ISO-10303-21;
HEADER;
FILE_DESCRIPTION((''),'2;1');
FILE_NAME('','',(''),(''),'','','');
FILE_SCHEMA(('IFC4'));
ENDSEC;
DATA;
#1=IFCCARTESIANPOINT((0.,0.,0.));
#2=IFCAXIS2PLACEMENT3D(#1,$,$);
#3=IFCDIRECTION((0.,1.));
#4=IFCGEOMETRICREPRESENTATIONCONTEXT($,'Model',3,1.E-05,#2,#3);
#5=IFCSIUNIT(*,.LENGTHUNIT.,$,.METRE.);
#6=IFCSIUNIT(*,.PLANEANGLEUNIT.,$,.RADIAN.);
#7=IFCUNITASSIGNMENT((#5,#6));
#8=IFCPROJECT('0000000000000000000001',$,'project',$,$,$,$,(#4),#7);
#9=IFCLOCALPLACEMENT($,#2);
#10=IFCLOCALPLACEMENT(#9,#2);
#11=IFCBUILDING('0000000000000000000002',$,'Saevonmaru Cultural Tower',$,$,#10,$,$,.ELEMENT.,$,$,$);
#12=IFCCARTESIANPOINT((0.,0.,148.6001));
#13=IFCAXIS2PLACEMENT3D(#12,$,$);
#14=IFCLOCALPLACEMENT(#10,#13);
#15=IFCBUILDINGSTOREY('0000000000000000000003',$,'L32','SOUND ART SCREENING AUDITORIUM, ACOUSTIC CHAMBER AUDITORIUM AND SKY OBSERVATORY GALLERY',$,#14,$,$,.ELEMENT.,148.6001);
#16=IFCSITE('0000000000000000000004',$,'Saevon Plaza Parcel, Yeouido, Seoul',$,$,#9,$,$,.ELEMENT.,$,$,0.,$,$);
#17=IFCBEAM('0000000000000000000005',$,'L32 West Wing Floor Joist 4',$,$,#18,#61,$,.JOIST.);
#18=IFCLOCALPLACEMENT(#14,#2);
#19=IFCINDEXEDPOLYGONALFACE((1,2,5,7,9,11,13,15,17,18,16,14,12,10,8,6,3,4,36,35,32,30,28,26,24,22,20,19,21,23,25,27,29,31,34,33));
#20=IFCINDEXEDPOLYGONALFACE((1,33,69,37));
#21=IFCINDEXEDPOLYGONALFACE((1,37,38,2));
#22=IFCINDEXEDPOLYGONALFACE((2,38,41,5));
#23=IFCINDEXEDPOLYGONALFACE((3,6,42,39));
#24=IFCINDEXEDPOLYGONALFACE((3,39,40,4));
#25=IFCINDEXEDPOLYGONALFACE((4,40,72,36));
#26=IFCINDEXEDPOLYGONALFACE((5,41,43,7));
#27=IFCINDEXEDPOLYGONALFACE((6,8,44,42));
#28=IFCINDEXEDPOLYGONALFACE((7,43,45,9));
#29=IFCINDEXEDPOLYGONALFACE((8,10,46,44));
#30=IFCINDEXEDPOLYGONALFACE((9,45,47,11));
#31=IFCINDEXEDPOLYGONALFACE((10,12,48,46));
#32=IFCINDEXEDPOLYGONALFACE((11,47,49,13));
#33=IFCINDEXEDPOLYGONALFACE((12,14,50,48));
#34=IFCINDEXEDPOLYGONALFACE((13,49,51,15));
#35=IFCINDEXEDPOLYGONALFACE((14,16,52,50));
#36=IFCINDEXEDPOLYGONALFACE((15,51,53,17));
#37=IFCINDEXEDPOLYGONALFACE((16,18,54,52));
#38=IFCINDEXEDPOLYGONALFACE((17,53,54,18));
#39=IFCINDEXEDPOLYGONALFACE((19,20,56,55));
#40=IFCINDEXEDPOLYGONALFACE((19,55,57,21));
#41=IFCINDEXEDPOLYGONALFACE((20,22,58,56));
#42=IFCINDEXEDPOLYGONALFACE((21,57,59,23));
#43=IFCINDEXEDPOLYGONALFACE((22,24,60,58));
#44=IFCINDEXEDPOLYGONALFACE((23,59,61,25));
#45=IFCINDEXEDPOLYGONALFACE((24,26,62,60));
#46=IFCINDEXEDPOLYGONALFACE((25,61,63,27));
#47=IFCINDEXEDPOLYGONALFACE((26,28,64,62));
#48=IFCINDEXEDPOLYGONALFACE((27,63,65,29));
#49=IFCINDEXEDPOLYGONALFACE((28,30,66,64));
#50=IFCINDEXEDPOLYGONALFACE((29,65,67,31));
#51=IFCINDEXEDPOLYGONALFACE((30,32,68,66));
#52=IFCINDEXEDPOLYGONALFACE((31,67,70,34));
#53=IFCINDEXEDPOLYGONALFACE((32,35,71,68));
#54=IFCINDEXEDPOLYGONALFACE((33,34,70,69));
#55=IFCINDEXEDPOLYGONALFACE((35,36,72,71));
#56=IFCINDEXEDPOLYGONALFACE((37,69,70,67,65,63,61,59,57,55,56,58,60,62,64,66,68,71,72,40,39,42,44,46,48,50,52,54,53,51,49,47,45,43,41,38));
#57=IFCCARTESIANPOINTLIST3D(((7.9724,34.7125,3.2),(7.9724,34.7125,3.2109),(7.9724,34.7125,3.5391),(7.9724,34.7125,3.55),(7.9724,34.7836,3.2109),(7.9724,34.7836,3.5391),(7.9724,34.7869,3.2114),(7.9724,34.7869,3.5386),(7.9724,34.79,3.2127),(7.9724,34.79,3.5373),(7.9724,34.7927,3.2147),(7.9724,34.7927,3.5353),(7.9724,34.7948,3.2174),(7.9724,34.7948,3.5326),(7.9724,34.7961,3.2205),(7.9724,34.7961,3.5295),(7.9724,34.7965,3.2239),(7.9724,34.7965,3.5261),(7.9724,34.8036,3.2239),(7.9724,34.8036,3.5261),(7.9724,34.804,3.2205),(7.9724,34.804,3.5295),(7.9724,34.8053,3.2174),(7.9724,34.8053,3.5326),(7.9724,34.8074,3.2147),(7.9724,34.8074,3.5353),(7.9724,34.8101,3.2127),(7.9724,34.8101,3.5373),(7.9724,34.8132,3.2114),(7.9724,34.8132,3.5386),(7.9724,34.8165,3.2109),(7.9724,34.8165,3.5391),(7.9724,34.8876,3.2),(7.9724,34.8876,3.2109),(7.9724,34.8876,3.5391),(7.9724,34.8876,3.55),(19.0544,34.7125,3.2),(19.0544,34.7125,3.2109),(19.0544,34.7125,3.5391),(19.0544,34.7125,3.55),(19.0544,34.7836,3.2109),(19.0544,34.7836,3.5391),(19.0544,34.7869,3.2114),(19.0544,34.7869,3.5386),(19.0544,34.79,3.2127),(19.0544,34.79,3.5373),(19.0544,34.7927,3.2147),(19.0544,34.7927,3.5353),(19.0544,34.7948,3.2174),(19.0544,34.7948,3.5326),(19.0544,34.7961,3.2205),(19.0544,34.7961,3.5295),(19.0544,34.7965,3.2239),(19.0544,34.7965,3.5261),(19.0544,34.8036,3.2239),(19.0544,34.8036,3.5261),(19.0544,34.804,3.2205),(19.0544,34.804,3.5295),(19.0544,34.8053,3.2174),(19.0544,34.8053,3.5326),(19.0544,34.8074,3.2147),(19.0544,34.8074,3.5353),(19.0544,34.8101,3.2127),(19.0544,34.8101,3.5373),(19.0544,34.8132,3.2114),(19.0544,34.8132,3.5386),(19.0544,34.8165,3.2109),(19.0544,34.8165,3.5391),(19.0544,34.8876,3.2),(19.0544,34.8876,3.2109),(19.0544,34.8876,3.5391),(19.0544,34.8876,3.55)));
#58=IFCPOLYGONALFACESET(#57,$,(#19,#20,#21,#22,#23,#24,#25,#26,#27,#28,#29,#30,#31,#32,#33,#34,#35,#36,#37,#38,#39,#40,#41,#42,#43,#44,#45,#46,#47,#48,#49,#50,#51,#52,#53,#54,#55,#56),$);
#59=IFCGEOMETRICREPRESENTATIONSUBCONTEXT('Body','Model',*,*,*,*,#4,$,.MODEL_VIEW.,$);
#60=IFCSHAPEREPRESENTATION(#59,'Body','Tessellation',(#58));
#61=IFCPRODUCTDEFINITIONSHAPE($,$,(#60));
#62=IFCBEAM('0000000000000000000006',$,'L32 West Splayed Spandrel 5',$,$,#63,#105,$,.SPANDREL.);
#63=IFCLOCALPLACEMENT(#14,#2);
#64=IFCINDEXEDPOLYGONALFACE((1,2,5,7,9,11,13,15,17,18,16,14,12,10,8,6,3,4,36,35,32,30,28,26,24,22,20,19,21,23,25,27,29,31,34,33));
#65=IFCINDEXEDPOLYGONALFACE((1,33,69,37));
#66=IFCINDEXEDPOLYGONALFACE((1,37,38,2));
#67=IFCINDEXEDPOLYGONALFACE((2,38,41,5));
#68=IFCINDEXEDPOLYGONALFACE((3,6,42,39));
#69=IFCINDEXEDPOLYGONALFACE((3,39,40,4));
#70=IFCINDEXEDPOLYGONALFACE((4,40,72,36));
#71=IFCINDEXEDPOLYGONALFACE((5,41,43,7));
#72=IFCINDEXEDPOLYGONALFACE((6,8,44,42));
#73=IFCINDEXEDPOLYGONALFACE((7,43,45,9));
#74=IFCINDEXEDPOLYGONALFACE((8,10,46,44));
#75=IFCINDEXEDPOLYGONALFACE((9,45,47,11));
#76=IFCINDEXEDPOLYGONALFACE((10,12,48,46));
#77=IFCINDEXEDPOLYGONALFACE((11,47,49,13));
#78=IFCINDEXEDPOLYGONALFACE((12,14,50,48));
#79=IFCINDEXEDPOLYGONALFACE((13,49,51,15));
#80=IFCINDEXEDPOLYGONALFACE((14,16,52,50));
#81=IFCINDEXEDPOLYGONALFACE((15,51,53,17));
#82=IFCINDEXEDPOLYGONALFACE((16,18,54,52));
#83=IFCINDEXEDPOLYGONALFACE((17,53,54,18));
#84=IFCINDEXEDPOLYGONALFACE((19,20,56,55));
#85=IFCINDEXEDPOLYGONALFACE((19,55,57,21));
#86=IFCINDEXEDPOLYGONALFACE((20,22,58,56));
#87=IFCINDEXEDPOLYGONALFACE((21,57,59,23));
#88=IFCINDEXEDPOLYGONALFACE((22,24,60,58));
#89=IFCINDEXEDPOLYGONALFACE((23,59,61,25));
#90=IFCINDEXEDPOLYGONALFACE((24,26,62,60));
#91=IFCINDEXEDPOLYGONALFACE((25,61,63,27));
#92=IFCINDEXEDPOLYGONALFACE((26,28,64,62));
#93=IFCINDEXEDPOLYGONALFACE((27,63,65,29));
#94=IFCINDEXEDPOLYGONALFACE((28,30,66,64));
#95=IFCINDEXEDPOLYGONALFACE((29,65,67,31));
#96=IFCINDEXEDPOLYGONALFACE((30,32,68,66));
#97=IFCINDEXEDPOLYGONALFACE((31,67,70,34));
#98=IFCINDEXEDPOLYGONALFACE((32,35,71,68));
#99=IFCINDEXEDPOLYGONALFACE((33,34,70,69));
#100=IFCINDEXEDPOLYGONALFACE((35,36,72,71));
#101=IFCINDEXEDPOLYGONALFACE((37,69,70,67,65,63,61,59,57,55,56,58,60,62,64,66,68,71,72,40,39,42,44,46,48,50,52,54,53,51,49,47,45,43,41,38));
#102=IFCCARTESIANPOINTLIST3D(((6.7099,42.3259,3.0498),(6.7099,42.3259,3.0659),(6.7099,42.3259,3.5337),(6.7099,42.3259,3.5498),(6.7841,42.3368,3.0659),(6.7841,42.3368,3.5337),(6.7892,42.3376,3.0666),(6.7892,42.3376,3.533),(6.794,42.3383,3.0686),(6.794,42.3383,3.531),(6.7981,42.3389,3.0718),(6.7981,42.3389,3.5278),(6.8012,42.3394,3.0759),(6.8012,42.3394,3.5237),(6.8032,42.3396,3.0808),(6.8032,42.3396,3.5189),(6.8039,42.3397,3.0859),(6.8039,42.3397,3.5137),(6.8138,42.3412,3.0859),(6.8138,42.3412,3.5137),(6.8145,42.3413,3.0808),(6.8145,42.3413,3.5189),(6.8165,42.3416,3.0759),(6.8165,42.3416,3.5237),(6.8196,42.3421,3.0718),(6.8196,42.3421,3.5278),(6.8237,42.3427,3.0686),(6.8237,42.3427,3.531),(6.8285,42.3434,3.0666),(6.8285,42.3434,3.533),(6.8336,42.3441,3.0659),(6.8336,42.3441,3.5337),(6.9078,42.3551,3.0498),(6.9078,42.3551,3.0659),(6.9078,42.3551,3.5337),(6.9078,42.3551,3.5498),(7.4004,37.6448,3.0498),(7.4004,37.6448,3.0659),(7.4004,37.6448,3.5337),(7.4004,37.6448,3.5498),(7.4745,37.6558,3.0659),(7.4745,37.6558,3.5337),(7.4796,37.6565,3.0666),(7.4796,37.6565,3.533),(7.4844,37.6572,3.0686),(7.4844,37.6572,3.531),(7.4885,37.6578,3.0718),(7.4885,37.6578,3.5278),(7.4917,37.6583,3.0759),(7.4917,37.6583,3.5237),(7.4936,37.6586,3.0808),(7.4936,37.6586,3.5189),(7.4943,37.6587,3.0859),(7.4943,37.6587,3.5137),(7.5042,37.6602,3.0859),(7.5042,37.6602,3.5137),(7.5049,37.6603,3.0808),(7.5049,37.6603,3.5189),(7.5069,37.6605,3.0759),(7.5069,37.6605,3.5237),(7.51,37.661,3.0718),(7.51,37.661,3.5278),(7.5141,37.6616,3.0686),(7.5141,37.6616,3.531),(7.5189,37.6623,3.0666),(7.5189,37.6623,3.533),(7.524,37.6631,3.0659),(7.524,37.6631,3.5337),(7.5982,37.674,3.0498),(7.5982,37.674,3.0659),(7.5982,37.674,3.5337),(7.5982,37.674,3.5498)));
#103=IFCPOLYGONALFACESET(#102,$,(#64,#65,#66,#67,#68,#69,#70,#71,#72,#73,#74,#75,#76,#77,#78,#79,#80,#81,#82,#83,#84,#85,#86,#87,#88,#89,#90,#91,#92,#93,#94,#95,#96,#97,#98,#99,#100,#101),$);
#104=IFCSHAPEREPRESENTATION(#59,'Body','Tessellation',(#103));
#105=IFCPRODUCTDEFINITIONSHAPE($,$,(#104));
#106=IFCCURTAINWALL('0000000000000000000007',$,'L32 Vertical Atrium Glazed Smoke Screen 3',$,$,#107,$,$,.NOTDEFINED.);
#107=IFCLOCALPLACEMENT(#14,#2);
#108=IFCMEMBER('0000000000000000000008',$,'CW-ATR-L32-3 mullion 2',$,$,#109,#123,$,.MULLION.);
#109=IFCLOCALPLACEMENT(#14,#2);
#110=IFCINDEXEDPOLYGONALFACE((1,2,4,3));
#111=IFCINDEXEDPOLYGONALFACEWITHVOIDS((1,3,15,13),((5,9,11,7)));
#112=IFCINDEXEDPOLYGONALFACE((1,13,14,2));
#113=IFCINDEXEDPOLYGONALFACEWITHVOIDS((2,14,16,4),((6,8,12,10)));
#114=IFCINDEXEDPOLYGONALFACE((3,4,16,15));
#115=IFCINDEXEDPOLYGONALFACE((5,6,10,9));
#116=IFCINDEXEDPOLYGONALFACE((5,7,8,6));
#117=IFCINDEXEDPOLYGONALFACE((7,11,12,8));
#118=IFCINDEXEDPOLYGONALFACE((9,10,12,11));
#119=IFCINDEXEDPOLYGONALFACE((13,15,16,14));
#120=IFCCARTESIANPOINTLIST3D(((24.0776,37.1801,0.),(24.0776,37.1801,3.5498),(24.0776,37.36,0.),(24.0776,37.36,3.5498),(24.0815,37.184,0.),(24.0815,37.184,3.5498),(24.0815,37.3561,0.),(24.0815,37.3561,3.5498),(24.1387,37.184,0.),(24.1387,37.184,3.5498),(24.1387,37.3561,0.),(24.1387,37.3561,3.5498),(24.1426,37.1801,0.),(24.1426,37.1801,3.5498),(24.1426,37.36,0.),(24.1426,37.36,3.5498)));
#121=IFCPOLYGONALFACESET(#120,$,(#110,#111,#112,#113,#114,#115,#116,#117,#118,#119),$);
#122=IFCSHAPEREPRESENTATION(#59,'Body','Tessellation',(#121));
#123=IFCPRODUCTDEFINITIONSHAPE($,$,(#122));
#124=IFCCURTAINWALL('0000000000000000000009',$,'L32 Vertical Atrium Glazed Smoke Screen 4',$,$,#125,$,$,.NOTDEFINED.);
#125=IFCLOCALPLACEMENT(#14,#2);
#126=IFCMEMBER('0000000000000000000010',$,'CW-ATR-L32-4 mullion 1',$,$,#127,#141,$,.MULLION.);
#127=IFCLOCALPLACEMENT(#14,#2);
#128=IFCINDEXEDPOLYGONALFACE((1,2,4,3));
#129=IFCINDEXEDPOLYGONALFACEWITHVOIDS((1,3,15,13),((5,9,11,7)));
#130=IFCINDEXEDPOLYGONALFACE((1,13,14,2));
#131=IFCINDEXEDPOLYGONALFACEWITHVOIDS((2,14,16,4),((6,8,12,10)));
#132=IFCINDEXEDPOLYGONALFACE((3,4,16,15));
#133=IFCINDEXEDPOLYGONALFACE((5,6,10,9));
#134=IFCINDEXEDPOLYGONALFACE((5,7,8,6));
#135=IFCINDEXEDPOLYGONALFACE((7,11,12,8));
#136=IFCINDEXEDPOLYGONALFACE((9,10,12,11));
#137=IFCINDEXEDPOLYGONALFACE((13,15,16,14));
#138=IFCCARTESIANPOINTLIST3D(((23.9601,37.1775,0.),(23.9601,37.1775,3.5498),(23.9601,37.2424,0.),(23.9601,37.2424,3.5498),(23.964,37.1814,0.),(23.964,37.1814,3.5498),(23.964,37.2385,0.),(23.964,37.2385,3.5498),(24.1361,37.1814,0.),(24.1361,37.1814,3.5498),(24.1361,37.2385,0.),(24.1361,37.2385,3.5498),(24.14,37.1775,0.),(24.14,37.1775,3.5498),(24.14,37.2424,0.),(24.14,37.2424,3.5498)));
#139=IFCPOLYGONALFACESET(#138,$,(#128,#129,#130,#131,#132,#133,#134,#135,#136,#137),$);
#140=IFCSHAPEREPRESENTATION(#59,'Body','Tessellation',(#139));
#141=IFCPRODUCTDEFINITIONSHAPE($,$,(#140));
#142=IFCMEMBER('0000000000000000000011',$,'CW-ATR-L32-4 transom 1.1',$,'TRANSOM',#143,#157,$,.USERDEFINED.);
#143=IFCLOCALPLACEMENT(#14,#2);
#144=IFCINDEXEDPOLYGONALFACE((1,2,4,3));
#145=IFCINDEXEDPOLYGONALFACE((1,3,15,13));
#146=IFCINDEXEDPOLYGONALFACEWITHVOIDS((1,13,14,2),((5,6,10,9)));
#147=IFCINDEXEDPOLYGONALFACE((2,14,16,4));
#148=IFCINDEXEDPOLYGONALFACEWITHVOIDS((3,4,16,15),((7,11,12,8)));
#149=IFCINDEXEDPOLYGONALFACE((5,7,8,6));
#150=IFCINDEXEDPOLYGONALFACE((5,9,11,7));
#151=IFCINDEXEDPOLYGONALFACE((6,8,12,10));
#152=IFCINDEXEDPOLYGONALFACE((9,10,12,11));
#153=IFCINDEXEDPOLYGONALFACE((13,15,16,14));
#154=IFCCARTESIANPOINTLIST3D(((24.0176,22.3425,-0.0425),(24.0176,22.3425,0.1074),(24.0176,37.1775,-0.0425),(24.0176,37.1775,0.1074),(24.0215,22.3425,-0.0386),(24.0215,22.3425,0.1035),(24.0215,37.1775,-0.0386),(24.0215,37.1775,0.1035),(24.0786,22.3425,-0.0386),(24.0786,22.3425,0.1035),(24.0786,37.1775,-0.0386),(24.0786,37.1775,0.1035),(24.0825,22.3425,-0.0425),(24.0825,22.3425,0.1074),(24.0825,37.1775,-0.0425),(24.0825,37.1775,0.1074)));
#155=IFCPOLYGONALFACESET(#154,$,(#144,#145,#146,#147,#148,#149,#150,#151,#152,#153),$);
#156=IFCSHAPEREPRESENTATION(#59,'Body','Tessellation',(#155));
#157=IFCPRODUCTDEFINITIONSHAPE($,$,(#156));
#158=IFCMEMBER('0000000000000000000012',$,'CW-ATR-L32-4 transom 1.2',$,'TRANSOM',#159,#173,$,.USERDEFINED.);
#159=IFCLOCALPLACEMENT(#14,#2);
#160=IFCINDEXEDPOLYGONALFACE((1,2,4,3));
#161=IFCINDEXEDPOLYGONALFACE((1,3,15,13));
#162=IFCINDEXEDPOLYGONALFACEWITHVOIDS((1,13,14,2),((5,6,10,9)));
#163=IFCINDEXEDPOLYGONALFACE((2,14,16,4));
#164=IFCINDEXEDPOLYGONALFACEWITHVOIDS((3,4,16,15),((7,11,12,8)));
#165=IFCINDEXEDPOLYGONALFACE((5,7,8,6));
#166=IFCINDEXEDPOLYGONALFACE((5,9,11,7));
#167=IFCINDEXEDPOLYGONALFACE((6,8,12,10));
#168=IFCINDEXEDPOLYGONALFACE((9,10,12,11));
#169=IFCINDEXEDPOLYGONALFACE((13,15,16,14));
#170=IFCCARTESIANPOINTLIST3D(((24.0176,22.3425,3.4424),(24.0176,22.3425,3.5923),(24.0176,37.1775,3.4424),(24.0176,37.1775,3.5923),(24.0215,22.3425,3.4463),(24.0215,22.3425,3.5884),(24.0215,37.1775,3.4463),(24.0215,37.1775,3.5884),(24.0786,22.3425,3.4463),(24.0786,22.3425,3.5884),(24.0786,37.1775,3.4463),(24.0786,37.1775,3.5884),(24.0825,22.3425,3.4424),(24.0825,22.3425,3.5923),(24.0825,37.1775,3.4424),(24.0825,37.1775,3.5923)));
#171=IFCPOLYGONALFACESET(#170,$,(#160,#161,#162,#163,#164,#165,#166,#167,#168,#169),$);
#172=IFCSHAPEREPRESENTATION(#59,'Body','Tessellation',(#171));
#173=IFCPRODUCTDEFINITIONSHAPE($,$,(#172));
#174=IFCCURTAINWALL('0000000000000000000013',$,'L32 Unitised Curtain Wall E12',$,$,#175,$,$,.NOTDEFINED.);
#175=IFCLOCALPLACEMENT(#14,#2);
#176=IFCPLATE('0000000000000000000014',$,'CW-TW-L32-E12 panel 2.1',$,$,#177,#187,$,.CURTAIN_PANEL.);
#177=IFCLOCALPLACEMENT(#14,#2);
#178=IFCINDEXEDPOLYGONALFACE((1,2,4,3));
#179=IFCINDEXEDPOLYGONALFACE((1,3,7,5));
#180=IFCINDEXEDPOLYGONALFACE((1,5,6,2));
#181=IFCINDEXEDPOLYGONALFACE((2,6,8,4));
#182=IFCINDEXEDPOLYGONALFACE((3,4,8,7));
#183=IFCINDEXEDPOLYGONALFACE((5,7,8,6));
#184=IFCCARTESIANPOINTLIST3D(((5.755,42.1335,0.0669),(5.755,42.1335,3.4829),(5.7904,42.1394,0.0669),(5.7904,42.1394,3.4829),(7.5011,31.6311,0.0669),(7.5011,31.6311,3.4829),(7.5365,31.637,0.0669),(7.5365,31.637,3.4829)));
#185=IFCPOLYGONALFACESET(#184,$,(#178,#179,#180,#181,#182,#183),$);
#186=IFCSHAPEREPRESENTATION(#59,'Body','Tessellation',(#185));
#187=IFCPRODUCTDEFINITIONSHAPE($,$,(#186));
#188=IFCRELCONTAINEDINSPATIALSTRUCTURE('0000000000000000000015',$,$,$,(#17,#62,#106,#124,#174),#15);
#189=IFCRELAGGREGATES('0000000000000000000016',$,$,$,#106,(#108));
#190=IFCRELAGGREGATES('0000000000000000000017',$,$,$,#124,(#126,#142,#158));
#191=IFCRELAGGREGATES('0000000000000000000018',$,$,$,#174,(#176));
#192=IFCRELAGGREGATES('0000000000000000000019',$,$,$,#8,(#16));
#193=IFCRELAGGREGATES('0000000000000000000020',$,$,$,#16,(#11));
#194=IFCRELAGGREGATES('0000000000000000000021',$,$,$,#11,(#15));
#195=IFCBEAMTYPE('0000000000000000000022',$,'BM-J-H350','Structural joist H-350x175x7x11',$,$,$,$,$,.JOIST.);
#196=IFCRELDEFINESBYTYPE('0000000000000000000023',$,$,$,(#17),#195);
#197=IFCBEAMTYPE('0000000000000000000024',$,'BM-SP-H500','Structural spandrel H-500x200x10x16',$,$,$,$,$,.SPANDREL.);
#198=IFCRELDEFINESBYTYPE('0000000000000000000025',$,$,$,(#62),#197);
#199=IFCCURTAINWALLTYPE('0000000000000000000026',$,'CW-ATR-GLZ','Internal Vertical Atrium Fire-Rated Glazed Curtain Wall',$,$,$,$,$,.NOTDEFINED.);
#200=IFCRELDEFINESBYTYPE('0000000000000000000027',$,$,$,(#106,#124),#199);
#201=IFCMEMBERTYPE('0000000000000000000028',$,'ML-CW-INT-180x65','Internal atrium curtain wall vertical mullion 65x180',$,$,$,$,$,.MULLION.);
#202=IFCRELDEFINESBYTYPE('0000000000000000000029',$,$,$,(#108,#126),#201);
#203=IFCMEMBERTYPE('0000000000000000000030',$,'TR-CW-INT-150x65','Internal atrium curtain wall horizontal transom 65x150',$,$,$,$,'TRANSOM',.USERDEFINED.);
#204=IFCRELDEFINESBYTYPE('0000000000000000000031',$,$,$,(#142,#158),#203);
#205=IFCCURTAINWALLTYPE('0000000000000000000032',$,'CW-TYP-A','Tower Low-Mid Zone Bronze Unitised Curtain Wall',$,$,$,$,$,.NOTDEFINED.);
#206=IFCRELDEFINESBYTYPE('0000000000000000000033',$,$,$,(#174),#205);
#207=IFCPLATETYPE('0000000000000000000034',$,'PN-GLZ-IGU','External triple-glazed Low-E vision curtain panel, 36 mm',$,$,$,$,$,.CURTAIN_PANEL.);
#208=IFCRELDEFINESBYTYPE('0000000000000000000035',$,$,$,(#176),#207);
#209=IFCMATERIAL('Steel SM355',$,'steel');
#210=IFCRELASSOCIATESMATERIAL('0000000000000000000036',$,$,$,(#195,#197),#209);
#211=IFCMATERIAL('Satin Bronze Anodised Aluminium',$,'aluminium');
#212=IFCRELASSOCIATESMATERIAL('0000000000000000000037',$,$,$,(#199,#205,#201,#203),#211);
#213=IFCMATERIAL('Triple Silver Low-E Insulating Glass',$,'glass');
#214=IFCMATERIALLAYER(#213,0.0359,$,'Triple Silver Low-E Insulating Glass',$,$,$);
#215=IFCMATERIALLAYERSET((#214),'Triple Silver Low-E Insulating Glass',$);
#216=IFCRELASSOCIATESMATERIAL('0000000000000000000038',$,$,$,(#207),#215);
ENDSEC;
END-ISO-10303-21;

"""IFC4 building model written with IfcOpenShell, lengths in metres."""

from ifc_helpers import new_model, si_unit, direction, frame, origin, origin_2d, place, context, subcontext, project, spatial, rectangle, hollow_rectangle, i_section, extrude, material, layer, layer_set, material_profile, profile_set, type_object, element, aggregate, save


model = new_model("IFC4")

# Units and contexts
model_context = context("Model", 3, precision=1e-05, world=origin(), true_north=direction((0.0, 1.0)))
body_context = subcontext(model_context, "Body", "Model", "MODEL_VIEW")
ifc_project = project(units=[si_unit("LENGTHUNIT", "METRE"), si_unit("PLANEANGLEUNIT", "RADIAN")], contexts=[model_context])

# Site, building, storey
site_placement = place(None, origin())
site = spatial("IfcSite", under=ifc_project, at=site_placement, Name="Saevon Plaza Parcel, Yeouido, Seoul", CompositionType="ELEMENT", RefElevation=0.0)
building_placement = place(site_placement, origin())
building = spatial("IfcBuilding", under=site, at=building_placement, Name="Saevonmaru Cultural Tower", CompositionType="ELEMENT")
storey_placement = place(building_placement, frame((0.0, 0.0, 148.6001)))
storey = spatial("IfcBuildingStorey", under=building, at=storey_placement, Name="L32", Description="SOUND ART SCREENING AUDITORIUM, ACOUSTIC CHAMBER AUDITORIUM AND SKY OBSERVATORY GALLERY", CompositionType="ELEMENT", Elevation=148.6001)

# Shared definitions
ifc_material_1 = material(Name="Steel SM355", Category="steel")

# Beams
ifc_material_profile_1 = material_profile(ifc_material_1, i_section(OverallWidth=0.175, OverallDepth=0.3501, WebThickness=0.0071, FlangeThickness=0.011, FilletRadius=0.0129, at=origin_2d()), Name="H-350x175x7x11")
ifc_profile_set_1 = profile_set([ifc_material_profile_1], Name="Steel SM355")
beam_type_1 = type_object("IfcBeamType", Name="BM-J-H350", Description="Structural joist H-350x175x7x11", PredefinedType="JOIST", material=ifc_profile_set_1)
beam_1_placement = place(storey_placement, frame((7.9724, 34.8, 3.375), z_axis=(1.0, 0.0, 0.0), x_axis=(0.0, 1.0, 0.0)))
element("IfcBeam", 1, at=beam_1_placement, inside=storey, type_object=beam_type_1, Name="L32 West Wing Floor Joist 4", PredefinedType="JOIST", context=body_context, shape_type="SweptSolid", body=[
    extrude(i_section(OverallWidth=0.175, OverallDepth=0.3501, WebThickness=0.0071, FlangeThickness=0.011, FilletRadius=0.0129, at=origin_2d()), origin(), (0.0, 0.0, 1.0), 11.082),
])
ifc_material_profile_2 = material_profile(ifc_material_1, i_section(OverallWidth=0.2, OverallDepth=0.5, WebThickness=0.01, FlangeThickness=0.0161, FilletRadius=0.02, at=origin_2d()), Name="H-500x200x10x16")
ifc_profile_set_2 = profile_set([ifc_material_profile_2], Name="Steel SM355")
beam_type_2 = type_object("IfcBeamType", Name="BM-SP-H500", Description="Structural spandrel H-500x200x10x16", PredefinedType="SPANDREL", material=ifc_profile_set_2)
beam_2_placement = place(storey_placement, frame((7.4993, 37.6594, 3.2998), z_axis=(-0.145913, 0.989297, 0.0), x_axis=(-0.989297, -0.145913, 0.0)))
element("IfcBeam", 2, at=beam_2_placement, inside=storey, type_object=beam_type_2, Name="L32 West Splayed Spandrel 5", PredefinedType="SPANDREL", context=body_context, shape_type="SweptSolid", body=[
    extrude(i_section(OverallWidth=0.2, OverallDepth=0.5, WebThickness=0.01, FlangeThickness=0.0161, FilletRadius=0.02, at=origin_2d()), origin(), (0.0, 0.0, 1.0), 4.7317),
])

# Curtain wall, member
ifc_material_2 = material(Name="Satin Bronze Anodised Aluminium", Category="aluminium")
curtain_wall_type_1 = type_object("IfcCurtainWallType", Name="CW-ATR-GLZ", Description="Internal Vertical Atrium Fire-Rated Glazed Curtain Wall", PredefinedType="NOTDEFINED", material=ifc_material_2)
curtain_wall_1_placement = place(storey_placement, origin())
curtain_wall_1 = element("IfcCurtainWall", 3, at=curtain_wall_1_placement, inside=storey, type_object=curtain_wall_type_1, Name="L32 Vertical Atrium Glazed Smoke Screen 3", PredefinedType="NOTDEFINED")
ifc_material_profile_3 = material_profile(ifc_material_2, hollow_rectangle(XDim=0.0649, YDim=0.1799, WallThickness=0.0039, at=origin_2d()), Name="ALU-MULL-180x65x4")
ifc_profile_set_3 = profile_set([ifc_material_profile_3], Name="Satin Bronze Anodised Aluminium")
member_type_1 = type_object("IfcMemberType", Name="ML-CW-INT-180x65", Description="Internal atrium curtain wall vertical mullion 65x180", PredefinedType="MULLION", material=ifc_profile_set_3)
member_1_placement = place(storey_placement, frame((24.1101, 37.27, 0.0), z_axis=(0.0, 0.0, 1.0), x_axis=(-1.0, 0.0, 0.0)))
member_1 = element("IfcMember", 4, at=member_1_placement, type_object=member_type_1, Name="CW-ATR-L32-3 mullion 2", PredefinedType="MULLION", context=body_context, shape_type="SweptSolid", body=[
    extrude(hollow_rectangle(XDim=0.0649, YDim=0.1799, WallThickness=0.0039, at=origin_2d()), origin(), (0.0, 0.0, 1.0), 3.5498),
])
aggregate(curtain_wall_1, [member_1])

# Curtain wall, members
curtain_wall_2_placement = place(storey_placement, origin())
curtain_wall_2 = element("IfcCurtainWall", 5, at=curtain_wall_2_placement, inside=storey, type_object=curtain_wall_type_1, Name="L32 Vertical Atrium Glazed Smoke Screen 4", PredefinedType="NOTDEFINED")
member_2_placement = place(storey_placement, frame((24.05, 37.21, 0.0), z_axis=(0.0, 0.0, 1.0), x_axis=(0.0, -1.0, 0.0)))
member_2 = element("IfcMember", 6, at=member_2_placement, type_object=member_type_1, Name="CW-ATR-L32-4 mullion 1", PredefinedType="MULLION", context=body_context, shape_type="SweptSolid", body=[
    extrude(hollow_rectangle(XDim=0.0649, YDim=0.1799, WallThickness=0.0039, at=origin_2d()), origin(), (0.0, 0.0, 1.0), 3.5498),
])
ifc_material_profile_4 = material_profile(ifc_material_2, hollow_rectangle(XDim=0.0649, YDim=0.1499, WallThickness=0.0039, at=origin_2d()), Name="ALU-TRAN-150x65x4")
ifc_profile_set_4 = profile_set([ifc_material_profile_4], Name="Satin Bronze Anodised Aluminium")
member_type_2 = type_object("IfcMemberType", Name="TR-CW-INT-150x65", Description="Internal atrium curtain wall horizontal transom 65x150", ElementType="TRANSOM", PredefinedType="USERDEFINED", material=ifc_profile_set_4)
member_3_placement = place(storey_placement, frame((24.05, 37.1775, 0.0325), z_axis=(0.0, -1.0, 0.0), x_axis=(1.0, 0.0, 0.0)))
member_3 = element("IfcMember", 7, at=member_3_placement, type_object=member_type_2, Name="CW-ATR-L32-4 transom 1.1", ObjectType="TRANSOM", PredefinedType="USERDEFINED", context=body_context, shape_type="SweptSolid", body=[
    extrude(hollow_rectangle(XDim=0.0649, YDim=0.1499, WallThickness=0.0039, at=origin_2d()), origin(), (0.0, 0.0, 1.0), 14.835),
])
member_4_placement = place(storey_placement, frame((24.05, 37.1775, 3.5173), z_axis=(0.0, -1.0, 0.0), x_axis=(1.0, 0.0, 0.0)))
member_4 = element("IfcMember", 8, at=member_4_placement, type_object=member_type_2, Name="CW-ATR-L32-4 transom 1.2", ObjectType="TRANSOM", PredefinedType="USERDEFINED", context=body_context, shape_type="SweptSolid", body=[
    extrude(hollow_rectangle(XDim=0.0649, YDim=0.1499, WallThickness=0.0039, at=origin_2d()), origin(), (0.0, 0.0, 1.0), 14.835),
])
aggregate(curtain_wall_2, [member_2, member_3, member_4])

# Curtain wall, plate
curtain_wall_type_2 = type_object("IfcCurtainWallType", Name="CW-TYP-A", Description="Tower Low-Mid Zone Bronze Unitised Curtain Wall", PredefinedType="NOTDEFINED", material=ifc_material_2)
curtain_wall_3_placement = place(storey_placement, origin())
curtain_wall_3 = element("IfcCurtainWall", 9, at=curtain_wall_3_placement, inside=storey, type_object=curtain_wall_type_2, Name="L32 Unitised Curtain Wall E12", PredefinedType="NOTDEFINED")
ifc_material_3 = material(Name="Triple Silver Low-E Insulating Glass", Category="glass")
ifc_layer_1 = layer(ifc_material_3, 0.0359, Name="Triple Silver Low-E Insulating Glass")
ifc_layer_set_1 = layer_set([ifc_layer_1], Name="Triple Silver Low-E Insulating Glass")
plate_type = type_object("IfcPlateType", Name="PN-GLZ-IGU", Description="External triple-glazed Low-E vision curtain panel, 36 mm", PredefinedType="CURTAIN_PANEL", material=ifc_layer_set_1)
plate_placement = place(storey_placement, frame((6.6458, 36.8853, 0.0669), z_axis=(0.0, 0.0, 1.0), x_axis=(0.163999, -0.986461, 0.0)))
plate = element("IfcPlate", 10, at=plate_placement, type_object=plate_type, Name="CW-TW-L32-E12 panel 2.1", PredefinedType="CURTAIN_PANEL", context=body_context, shape_type="SweptSolid", body=[
    extrude(rectangle(XDim=10.6465, YDim=0.0359, at=origin_2d()), origin(), (0.0, 0.0, 1.0), 3.416),
])
aggregate(curtain_wall_3, [plate])

save(model, "model.ifc")
